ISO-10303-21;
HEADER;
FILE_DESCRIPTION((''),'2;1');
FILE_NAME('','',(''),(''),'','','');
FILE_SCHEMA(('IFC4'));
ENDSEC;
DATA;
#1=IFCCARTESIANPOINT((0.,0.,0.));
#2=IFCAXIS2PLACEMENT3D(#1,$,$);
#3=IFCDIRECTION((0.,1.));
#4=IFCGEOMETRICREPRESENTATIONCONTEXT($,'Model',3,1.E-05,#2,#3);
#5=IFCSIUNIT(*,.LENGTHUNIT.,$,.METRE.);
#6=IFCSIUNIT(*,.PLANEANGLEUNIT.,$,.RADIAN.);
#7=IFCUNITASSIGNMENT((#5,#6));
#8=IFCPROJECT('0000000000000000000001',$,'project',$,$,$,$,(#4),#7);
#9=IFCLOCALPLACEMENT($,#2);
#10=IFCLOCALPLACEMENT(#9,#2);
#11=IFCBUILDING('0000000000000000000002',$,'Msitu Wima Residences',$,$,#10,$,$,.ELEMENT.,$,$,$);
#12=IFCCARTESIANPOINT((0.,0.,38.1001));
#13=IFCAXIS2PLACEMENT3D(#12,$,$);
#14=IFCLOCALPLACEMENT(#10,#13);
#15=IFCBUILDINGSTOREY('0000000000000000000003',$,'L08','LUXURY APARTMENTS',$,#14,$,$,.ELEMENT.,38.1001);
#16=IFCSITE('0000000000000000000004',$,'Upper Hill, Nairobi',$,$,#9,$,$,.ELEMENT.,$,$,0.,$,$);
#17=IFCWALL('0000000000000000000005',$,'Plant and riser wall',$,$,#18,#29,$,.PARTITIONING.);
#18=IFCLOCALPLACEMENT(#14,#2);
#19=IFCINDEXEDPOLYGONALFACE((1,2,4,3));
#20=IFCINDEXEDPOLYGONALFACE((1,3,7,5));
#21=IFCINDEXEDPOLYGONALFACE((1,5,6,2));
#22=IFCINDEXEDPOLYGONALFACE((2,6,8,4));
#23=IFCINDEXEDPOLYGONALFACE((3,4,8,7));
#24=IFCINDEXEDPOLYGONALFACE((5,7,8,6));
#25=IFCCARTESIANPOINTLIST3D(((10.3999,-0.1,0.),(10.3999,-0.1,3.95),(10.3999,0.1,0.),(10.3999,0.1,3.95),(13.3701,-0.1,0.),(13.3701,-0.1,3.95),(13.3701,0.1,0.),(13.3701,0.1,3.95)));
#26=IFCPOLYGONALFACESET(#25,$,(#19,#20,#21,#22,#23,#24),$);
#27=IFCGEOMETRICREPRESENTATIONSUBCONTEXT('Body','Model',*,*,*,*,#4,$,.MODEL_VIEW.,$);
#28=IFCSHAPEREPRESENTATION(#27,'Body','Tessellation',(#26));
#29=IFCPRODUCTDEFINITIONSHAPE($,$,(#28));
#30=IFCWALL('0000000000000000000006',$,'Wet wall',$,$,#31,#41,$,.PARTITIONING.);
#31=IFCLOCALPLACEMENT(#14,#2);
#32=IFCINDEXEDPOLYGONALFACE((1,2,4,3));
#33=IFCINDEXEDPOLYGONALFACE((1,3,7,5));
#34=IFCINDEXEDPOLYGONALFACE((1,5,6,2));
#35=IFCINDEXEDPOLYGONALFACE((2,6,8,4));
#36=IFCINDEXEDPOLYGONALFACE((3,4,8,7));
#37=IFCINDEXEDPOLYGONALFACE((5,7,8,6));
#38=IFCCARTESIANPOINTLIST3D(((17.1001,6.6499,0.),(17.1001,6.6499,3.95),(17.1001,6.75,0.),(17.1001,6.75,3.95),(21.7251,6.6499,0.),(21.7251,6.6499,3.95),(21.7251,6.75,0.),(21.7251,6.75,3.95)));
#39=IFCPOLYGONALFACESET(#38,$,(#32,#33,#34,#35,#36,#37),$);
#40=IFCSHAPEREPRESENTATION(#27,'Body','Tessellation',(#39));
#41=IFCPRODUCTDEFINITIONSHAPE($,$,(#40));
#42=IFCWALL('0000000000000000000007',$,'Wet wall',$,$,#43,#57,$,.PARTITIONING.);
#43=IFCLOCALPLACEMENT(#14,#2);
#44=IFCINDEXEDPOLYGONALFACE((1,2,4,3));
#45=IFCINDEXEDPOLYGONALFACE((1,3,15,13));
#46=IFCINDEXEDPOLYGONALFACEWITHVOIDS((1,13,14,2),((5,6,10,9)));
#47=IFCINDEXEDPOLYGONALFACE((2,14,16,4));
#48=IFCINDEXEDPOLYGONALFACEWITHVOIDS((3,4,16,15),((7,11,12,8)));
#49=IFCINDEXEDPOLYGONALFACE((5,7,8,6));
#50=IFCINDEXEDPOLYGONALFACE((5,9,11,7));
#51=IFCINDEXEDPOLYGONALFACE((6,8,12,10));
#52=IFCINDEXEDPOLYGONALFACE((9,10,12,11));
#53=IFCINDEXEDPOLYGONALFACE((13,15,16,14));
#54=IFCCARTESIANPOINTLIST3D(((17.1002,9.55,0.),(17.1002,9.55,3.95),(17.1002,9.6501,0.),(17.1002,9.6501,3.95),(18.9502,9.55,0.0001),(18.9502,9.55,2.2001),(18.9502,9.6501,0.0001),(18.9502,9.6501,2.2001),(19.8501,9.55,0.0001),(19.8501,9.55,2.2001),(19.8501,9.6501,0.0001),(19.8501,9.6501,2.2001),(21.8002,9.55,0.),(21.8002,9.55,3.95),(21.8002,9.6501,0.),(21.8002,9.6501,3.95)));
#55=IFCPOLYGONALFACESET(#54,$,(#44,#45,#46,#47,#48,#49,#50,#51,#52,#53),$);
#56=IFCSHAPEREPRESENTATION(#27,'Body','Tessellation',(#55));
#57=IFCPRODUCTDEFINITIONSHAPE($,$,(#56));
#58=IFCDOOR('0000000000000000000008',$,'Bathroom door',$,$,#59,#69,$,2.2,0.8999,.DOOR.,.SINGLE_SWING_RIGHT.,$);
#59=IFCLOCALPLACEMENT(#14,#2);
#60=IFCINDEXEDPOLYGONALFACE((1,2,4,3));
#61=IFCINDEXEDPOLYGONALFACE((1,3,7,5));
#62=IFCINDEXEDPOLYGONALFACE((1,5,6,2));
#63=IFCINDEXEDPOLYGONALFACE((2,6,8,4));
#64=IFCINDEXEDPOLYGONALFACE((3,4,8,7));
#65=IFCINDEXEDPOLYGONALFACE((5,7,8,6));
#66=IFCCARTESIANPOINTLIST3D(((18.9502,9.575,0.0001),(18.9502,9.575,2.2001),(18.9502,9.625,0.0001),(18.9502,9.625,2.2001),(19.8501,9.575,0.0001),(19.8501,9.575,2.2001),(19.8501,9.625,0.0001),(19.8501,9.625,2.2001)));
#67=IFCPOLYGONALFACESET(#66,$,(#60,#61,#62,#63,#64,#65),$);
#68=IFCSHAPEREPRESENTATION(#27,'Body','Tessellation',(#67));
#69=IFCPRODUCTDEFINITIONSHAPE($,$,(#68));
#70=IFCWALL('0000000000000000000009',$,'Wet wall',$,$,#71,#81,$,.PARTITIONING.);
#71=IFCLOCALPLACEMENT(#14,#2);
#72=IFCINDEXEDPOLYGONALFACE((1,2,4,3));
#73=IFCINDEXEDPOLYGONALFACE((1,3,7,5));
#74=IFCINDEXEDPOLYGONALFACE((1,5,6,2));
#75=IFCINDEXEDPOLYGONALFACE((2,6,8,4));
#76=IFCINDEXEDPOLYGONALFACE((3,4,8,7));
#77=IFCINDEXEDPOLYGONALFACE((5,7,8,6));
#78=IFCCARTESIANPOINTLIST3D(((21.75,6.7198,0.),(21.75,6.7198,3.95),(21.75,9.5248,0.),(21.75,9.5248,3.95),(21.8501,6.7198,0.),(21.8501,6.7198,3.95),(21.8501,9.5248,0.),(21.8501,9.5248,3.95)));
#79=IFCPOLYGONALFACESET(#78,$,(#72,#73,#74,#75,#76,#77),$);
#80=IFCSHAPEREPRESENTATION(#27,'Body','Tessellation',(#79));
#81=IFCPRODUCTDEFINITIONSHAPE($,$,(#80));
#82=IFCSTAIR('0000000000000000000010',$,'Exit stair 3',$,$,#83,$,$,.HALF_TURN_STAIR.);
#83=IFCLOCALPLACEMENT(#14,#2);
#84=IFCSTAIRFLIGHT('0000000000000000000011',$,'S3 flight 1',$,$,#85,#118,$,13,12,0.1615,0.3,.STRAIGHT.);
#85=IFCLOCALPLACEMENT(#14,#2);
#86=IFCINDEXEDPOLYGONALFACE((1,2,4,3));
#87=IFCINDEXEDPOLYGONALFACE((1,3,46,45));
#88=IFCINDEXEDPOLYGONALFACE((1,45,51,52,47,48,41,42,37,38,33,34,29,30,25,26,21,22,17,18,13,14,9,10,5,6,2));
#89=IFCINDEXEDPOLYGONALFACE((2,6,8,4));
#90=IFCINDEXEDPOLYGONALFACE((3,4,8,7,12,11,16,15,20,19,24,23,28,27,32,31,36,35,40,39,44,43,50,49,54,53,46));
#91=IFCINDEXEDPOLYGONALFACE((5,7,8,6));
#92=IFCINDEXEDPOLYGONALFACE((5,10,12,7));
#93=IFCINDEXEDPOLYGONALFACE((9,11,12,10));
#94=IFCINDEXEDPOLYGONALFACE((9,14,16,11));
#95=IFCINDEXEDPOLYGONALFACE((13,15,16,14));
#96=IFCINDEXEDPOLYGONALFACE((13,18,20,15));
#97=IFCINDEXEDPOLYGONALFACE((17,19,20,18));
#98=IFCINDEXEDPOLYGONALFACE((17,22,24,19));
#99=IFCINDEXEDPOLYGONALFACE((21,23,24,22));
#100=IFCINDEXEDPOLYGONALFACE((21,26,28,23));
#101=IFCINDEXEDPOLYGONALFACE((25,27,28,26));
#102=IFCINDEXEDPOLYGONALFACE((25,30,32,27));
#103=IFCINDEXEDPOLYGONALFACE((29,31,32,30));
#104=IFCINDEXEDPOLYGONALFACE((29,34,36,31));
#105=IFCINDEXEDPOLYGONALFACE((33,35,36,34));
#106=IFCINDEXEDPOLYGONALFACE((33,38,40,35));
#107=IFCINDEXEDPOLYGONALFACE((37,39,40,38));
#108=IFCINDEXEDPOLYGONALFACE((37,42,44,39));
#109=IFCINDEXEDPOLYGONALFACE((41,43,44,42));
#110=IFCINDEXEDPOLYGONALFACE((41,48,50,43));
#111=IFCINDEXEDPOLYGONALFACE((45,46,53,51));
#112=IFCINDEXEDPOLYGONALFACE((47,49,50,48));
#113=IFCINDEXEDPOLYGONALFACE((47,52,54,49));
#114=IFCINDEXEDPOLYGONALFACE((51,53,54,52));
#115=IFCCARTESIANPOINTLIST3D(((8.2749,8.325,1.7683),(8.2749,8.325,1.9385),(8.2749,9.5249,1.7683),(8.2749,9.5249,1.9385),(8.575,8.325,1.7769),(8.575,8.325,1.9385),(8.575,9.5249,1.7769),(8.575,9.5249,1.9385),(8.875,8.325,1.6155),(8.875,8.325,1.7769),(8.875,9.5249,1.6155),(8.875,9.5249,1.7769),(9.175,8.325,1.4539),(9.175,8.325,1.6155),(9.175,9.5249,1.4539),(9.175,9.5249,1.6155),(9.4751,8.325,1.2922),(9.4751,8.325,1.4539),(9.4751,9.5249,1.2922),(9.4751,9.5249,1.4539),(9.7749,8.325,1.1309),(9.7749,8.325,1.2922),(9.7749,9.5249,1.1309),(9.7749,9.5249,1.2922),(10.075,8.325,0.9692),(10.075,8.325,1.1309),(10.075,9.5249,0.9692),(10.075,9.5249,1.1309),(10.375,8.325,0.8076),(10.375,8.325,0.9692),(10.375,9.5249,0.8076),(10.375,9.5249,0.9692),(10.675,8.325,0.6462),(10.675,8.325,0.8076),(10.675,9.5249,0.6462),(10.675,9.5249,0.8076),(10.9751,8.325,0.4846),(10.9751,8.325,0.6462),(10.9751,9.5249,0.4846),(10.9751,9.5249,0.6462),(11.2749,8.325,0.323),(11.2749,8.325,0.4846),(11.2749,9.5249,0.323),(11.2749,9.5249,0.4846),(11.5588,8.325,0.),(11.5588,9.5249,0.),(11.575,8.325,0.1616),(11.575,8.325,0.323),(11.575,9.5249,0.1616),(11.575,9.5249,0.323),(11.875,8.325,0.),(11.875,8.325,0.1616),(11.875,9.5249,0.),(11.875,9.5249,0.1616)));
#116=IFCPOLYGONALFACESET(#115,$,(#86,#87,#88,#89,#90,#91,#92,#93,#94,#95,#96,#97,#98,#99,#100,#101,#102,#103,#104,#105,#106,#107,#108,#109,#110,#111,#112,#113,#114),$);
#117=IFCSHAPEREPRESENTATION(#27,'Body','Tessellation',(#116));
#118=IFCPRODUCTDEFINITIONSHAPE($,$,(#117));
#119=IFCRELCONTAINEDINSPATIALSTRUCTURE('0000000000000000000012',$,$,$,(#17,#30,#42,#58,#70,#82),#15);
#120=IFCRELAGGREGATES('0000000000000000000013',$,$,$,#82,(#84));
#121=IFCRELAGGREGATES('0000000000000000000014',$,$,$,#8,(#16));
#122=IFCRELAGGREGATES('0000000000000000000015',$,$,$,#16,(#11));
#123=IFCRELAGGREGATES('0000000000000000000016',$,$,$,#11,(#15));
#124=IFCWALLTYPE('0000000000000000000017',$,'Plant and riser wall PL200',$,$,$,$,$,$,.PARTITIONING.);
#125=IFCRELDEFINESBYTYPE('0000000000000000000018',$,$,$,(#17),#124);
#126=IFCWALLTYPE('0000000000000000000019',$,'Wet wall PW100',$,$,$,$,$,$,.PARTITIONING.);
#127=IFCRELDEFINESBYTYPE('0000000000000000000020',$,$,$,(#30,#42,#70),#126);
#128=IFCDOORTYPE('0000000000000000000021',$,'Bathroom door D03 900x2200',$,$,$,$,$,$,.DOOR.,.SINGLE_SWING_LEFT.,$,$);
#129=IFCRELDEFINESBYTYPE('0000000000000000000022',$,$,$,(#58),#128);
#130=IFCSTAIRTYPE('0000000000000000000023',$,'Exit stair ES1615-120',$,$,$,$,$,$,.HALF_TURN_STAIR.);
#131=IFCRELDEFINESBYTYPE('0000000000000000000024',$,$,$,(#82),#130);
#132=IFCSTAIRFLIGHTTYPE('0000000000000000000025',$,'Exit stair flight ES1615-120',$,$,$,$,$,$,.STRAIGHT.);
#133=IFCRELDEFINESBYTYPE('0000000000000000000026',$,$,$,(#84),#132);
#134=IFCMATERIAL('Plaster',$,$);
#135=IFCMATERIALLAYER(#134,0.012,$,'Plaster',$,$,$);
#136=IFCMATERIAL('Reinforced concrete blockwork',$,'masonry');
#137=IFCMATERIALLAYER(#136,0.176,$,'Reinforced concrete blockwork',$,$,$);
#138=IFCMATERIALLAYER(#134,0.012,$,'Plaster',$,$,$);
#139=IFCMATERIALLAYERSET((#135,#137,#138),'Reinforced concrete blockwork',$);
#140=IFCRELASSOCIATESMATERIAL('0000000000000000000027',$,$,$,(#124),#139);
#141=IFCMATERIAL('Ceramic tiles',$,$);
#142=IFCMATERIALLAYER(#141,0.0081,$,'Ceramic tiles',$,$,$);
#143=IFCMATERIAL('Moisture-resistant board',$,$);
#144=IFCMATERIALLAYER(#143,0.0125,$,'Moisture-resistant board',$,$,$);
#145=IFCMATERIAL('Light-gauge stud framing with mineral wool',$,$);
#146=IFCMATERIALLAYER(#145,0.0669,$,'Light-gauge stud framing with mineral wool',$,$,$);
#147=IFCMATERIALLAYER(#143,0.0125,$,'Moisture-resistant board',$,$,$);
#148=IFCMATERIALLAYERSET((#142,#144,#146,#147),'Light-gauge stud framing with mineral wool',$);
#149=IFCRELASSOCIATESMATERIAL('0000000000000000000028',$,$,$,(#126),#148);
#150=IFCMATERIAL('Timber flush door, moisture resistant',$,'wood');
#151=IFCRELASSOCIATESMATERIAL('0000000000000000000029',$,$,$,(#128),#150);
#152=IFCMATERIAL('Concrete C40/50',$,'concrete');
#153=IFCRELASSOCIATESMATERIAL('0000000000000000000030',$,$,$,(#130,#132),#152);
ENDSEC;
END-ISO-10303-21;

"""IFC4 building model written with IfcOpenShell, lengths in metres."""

from ifc_helpers import new_model, si_unit, direction, frame, frame_2d, origin, place, context, subcontext, project, spatial, polyline, rectangle, outline, extrude, material, layer, layer_set, type_object, element, fill, aggregate, save


model = new_model("IFC4")

# Units and contexts
model_context = context("Model", 3, precision=1e-05, world=origin(), true_north=direction((0.0, 1.0)))
body_context = subcontext(model_context, "Body", "Model", "MODEL_VIEW")
ifc_project = project(units=[si_unit("LENGTHUNIT", "METRE"), si_unit("PLANEANGLEUNIT", "RADIAN")], contexts=[model_context])

# Site, building, storey
site_placement = place(None, origin())
site = spatial("IfcSite", under=ifc_project, at=site_placement, Name="Upper Hill, Nairobi", CompositionType="ELEMENT", RefElevation=0.0)
building_placement = place(site_placement, origin())
building = spatial("IfcBuilding", under=site, at=building_placement, Name="Msitu Wima Residences", CompositionType="ELEMENT")
storey_placement = place(building_placement, frame((0.0, 0.0, 38.1001)))
storey = spatial("IfcBuildingStorey", under=building, at=storey_placement, Name="L08", Description="LUXURY APARTMENTS", CompositionType="ELEMENT", Elevation=38.1001)

# Shared definitions
ifc_material_1 = material(Name="Concrete C40/50", Category="concrete")

# Shared definitions
ifc_material_2 = material(Name="Plaster")

# Shared definitions
ifc_layer_1 = layer(ifc_material_2, 0.012, Name="Plaster")
ifc_material_3 = material(Name="Reinforced concrete blockwork", Category="masonry")
ifc_layer_2 = layer(ifc_material_3, 0.176, Name="Reinforced concrete blockwork")
ifc_layer_3 = layer(ifc_material_2, 0.012, Name="Plaster")
ifc_layer_set_1 = layer_set([ifc_layer_1, ifc_layer_2, ifc_layer_3], Name="Reinforced concrete blockwork")
wall_type_1 = type_object("IfcWallType", Name="Plant and riser wall PL200", PredefinedType="PARTITIONING", material=ifc_layer_set_1)

# Walls
wall_1_placement = place(storey_placement, frame((10.3999, 0.0, 0.0), z_axis=(0.0, 0.0, 1.0), x_axis=(1.0, 0.0, 0.0)))
element("IfcWall", 1, at=wall_1_placement, inside=storey, type_object=wall_type_1, Name="Plant and riser wall", PredefinedType="PARTITIONING", context=body_context, shape_type="SweptSolid", body=[
    extrude(rectangle(XDim=2.9702, YDim=0.2, at=frame_2d((1.4851, 0.0))), origin(), (0.0, 0.0, 1.0), 3.95),
])
ifc_material_4 = material(Name="Ceramic tiles")
ifc_layer_4 = layer(ifc_material_4, 0.0081, Name="Ceramic tiles")
ifc_material_5 = material(Name="Moisture-resistant board")
ifc_layer_5 = layer(ifc_material_5, 0.0125, Name="Moisture-resistant board")
ifc_material_6 = material(Name="Light-gauge stud framing with mineral wool")
ifc_layer_6 = layer(ifc_material_6, 0.0669, Name="Light-gauge stud framing with mineral wool")
ifc_layer_7 = layer(ifc_material_5, 0.0125, Name="Moisture-resistant board")
ifc_layer_set_2 = layer_set([ifc_layer_4, ifc_layer_5, ifc_layer_6, ifc_layer_7], Name="Light-gauge stud framing with mineral wool")
wall_type_2 = type_object("IfcWallType", Name="Wet wall PW100", PredefinedType="PARTITIONING", material=ifc_layer_set_2)
wall_2_placement = place(storey_placement, frame((17.1001, 6.7, 0.0), z_axis=(0.0, 0.0, 1.0), x_axis=(1.0, 0.0, 0.0)))
element("IfcWall", 2, at=wall_2_placement, inside=storey, type_object=wall_type_2, Name="Wet wall", PredefinedType="PARTITIONING", context=body_context, shape_type="SweptSolid", body=[
    extrude(rectangle(XDim=4.625, YDim=0.1001, at=frame_2d((2.3125, 0.0))), origin(), (0.0, 0.0, 1.0), 3.95),
])

# Wall, opening, door
wall_3_placement = place(storey_placement, frame((17.1001, 9.6001, 0.0), z_axis=(0.0, 0.0, 1.0), x_axis=(1.0, 0.0, 0.0)))
wall_3 = element("IfcWall", 3, at=wall_3_placement, inside=storey, type_object=wall_type_2, Name="Wet wall", PredefinedType="PARTITIONING", context=body_context, shape_type="SweptSolid", body=[
    extrude(rectangle(XDim=4.7, YDim=0.1001, at=frame_2d((2.3501, 0.0))), origin(), (0.0, 0.0, 1.0), 3.95),
])
opening_1_placement = place(wall_3_placement, frame((1.8501, 0.0, 0.0)))
opening_1 = element("IfcOpeningElement", 4, at=opening_1_placement, cuts=wall_3, PredefinedType="OPENING", context=body_context, shape_type="SweptSolid", body=[
    extrude(rectangle(XDim=0.8999, YDim=2.2, at=frame_2d((0.45, 1.1001))), frame((0.0, 0.0601, 0.0), z_axis=(0.0, -1.0, 0.0), x_axis=(1.0, 0.0, 0.0)), (0.0, 0.0, 1.0), 0.1201),
])
ifc_material_7 = material(Name="Timber flush door, moisture resistant", Category="wood")
door_type_1 = type_object("IfcDoorType", Name="Bathroom door D03 900x2200", OperationType="SINGLE_SWING_LEFT", PredefinedType="DOOR", material=ifc_material_7)
door_1_placement = place(opening_1_placement, origin())
door_1 = element("IfcDoor", 5, at=door_1_placement, inside=storey, type_object=door_type_1, Name="Bathroom door", OperationType="SINGLE_SWING_RIGHT", OverallHeight=2.2, OverallWidth=0.8999, PredefinedType="DOOR", context=body_context, shape_type="SweptSolid", body=[
    extrude(rectangle(XDim=0.8999, YDim=2.2, at=frame_2d((0.45, 1.1001))), frame((0.0, 0.0249, 0.0), z_axis=(0.0, -1.0, 0.0), x_axis=(1.0, 0.0, 0.0)), (0.0, 0.0, 1.0), 0.05),
])
fill(opening_1, door_1)

# Wall
wall_4_placement = place(storey_placement, frame((21.8, 6.72, 0.0), z_axis=(0.0, 0.0, 1.0), x_axis=(0.0, 1.0, 0.0)))
element("IfcWall", 6, at=wall_4_placement, inside=storey, type_object=wall_type_2, Name="Wet wall", PredefinedType="PARTITIONING", context=body_context, shape_type="SweptSolid", body=[
    extrude(rectangle(XDim=2.8049, YDim=0.1001, at=frame_2d((1.4023, 0.0))), origin(), (0.0, 0.0, 1.0), 3.95),
])

# Stair, stair flight
stair_type = type_object("IfcStairType", Name="Exit stair ES1615-120", PredefinedType="HALF_TURN_STAIR", material=ifc_material_1)
stair_placement = place(storey_placement, origin())
stair = element("IfcStair", 7, at=stair_placement, inside=storey, type_object=stair_type, Name="Exit stair 3", PredefinedType="HALF_TURN_STAIR")
stair_flight_type = type_object("IfcStairFlightType", Name="Exit stair flight ES1615-120", PredefinedType="STRAIGHT", material=ifc_material_1)
stair_flight_placement = place(storey_placement, frame((11.875, 8.925, 0.0), z_axis=(0.0, 0.0, 1.0), x_axis=(-1.0, 0.0, 0.0)))
stair_flight = element("IfcStairFlight", 8, at=stair_flight_placement, type_object=stair_flight_type, Name="S3 flight 1", NumberOfRisers=13, NumberOfTreads=12, PredefinedType="STRAIGHT", RiserHeight=0.1615, TreadLength=0.3, context=body_context, shape_type="SweptSolid", body=[
    extrude(outline(polyline([(0.0, 0.0), (0.0, 0.1616), (0.3, 0.1616), (0.3, 0.323), (0.6001, 0.323), (0.6001, 0.4846), (0.8999, 0.4846), (0.8999, 0.6462), (1.2, 0.6462), (1.2, 0.8076), (1.5, 0.8076), (1.5, 0.9692), (1.8, 0.9692), (1.8, 1.1309), (2.1001, 1.1309), (2.1001, 1.2922), (2.3999, 1.2922), (2.3999, 1.4539), (2.7, 1.4539), (2.7, 1.6155), (3.0, 1.6155), (3.0, 1.7769), (3.3, 1.7769), (3.3, 1.9385), (3.6001, 1.9385), (3.6001, 2.1001), (3.6001, 1.7683), (0.3162, 0.0), (0.0, 0.0)])), frame((0.0, 0.6001, 0.0), z_axis=(0.0, -1.0, 0.0), x_axis=(1.0, 0.0, 0.0)), (0.0, 0.0, 1.0), 1.2),
])
aggregate(stair, [stair_flight])

save(model, "model.ifc")
